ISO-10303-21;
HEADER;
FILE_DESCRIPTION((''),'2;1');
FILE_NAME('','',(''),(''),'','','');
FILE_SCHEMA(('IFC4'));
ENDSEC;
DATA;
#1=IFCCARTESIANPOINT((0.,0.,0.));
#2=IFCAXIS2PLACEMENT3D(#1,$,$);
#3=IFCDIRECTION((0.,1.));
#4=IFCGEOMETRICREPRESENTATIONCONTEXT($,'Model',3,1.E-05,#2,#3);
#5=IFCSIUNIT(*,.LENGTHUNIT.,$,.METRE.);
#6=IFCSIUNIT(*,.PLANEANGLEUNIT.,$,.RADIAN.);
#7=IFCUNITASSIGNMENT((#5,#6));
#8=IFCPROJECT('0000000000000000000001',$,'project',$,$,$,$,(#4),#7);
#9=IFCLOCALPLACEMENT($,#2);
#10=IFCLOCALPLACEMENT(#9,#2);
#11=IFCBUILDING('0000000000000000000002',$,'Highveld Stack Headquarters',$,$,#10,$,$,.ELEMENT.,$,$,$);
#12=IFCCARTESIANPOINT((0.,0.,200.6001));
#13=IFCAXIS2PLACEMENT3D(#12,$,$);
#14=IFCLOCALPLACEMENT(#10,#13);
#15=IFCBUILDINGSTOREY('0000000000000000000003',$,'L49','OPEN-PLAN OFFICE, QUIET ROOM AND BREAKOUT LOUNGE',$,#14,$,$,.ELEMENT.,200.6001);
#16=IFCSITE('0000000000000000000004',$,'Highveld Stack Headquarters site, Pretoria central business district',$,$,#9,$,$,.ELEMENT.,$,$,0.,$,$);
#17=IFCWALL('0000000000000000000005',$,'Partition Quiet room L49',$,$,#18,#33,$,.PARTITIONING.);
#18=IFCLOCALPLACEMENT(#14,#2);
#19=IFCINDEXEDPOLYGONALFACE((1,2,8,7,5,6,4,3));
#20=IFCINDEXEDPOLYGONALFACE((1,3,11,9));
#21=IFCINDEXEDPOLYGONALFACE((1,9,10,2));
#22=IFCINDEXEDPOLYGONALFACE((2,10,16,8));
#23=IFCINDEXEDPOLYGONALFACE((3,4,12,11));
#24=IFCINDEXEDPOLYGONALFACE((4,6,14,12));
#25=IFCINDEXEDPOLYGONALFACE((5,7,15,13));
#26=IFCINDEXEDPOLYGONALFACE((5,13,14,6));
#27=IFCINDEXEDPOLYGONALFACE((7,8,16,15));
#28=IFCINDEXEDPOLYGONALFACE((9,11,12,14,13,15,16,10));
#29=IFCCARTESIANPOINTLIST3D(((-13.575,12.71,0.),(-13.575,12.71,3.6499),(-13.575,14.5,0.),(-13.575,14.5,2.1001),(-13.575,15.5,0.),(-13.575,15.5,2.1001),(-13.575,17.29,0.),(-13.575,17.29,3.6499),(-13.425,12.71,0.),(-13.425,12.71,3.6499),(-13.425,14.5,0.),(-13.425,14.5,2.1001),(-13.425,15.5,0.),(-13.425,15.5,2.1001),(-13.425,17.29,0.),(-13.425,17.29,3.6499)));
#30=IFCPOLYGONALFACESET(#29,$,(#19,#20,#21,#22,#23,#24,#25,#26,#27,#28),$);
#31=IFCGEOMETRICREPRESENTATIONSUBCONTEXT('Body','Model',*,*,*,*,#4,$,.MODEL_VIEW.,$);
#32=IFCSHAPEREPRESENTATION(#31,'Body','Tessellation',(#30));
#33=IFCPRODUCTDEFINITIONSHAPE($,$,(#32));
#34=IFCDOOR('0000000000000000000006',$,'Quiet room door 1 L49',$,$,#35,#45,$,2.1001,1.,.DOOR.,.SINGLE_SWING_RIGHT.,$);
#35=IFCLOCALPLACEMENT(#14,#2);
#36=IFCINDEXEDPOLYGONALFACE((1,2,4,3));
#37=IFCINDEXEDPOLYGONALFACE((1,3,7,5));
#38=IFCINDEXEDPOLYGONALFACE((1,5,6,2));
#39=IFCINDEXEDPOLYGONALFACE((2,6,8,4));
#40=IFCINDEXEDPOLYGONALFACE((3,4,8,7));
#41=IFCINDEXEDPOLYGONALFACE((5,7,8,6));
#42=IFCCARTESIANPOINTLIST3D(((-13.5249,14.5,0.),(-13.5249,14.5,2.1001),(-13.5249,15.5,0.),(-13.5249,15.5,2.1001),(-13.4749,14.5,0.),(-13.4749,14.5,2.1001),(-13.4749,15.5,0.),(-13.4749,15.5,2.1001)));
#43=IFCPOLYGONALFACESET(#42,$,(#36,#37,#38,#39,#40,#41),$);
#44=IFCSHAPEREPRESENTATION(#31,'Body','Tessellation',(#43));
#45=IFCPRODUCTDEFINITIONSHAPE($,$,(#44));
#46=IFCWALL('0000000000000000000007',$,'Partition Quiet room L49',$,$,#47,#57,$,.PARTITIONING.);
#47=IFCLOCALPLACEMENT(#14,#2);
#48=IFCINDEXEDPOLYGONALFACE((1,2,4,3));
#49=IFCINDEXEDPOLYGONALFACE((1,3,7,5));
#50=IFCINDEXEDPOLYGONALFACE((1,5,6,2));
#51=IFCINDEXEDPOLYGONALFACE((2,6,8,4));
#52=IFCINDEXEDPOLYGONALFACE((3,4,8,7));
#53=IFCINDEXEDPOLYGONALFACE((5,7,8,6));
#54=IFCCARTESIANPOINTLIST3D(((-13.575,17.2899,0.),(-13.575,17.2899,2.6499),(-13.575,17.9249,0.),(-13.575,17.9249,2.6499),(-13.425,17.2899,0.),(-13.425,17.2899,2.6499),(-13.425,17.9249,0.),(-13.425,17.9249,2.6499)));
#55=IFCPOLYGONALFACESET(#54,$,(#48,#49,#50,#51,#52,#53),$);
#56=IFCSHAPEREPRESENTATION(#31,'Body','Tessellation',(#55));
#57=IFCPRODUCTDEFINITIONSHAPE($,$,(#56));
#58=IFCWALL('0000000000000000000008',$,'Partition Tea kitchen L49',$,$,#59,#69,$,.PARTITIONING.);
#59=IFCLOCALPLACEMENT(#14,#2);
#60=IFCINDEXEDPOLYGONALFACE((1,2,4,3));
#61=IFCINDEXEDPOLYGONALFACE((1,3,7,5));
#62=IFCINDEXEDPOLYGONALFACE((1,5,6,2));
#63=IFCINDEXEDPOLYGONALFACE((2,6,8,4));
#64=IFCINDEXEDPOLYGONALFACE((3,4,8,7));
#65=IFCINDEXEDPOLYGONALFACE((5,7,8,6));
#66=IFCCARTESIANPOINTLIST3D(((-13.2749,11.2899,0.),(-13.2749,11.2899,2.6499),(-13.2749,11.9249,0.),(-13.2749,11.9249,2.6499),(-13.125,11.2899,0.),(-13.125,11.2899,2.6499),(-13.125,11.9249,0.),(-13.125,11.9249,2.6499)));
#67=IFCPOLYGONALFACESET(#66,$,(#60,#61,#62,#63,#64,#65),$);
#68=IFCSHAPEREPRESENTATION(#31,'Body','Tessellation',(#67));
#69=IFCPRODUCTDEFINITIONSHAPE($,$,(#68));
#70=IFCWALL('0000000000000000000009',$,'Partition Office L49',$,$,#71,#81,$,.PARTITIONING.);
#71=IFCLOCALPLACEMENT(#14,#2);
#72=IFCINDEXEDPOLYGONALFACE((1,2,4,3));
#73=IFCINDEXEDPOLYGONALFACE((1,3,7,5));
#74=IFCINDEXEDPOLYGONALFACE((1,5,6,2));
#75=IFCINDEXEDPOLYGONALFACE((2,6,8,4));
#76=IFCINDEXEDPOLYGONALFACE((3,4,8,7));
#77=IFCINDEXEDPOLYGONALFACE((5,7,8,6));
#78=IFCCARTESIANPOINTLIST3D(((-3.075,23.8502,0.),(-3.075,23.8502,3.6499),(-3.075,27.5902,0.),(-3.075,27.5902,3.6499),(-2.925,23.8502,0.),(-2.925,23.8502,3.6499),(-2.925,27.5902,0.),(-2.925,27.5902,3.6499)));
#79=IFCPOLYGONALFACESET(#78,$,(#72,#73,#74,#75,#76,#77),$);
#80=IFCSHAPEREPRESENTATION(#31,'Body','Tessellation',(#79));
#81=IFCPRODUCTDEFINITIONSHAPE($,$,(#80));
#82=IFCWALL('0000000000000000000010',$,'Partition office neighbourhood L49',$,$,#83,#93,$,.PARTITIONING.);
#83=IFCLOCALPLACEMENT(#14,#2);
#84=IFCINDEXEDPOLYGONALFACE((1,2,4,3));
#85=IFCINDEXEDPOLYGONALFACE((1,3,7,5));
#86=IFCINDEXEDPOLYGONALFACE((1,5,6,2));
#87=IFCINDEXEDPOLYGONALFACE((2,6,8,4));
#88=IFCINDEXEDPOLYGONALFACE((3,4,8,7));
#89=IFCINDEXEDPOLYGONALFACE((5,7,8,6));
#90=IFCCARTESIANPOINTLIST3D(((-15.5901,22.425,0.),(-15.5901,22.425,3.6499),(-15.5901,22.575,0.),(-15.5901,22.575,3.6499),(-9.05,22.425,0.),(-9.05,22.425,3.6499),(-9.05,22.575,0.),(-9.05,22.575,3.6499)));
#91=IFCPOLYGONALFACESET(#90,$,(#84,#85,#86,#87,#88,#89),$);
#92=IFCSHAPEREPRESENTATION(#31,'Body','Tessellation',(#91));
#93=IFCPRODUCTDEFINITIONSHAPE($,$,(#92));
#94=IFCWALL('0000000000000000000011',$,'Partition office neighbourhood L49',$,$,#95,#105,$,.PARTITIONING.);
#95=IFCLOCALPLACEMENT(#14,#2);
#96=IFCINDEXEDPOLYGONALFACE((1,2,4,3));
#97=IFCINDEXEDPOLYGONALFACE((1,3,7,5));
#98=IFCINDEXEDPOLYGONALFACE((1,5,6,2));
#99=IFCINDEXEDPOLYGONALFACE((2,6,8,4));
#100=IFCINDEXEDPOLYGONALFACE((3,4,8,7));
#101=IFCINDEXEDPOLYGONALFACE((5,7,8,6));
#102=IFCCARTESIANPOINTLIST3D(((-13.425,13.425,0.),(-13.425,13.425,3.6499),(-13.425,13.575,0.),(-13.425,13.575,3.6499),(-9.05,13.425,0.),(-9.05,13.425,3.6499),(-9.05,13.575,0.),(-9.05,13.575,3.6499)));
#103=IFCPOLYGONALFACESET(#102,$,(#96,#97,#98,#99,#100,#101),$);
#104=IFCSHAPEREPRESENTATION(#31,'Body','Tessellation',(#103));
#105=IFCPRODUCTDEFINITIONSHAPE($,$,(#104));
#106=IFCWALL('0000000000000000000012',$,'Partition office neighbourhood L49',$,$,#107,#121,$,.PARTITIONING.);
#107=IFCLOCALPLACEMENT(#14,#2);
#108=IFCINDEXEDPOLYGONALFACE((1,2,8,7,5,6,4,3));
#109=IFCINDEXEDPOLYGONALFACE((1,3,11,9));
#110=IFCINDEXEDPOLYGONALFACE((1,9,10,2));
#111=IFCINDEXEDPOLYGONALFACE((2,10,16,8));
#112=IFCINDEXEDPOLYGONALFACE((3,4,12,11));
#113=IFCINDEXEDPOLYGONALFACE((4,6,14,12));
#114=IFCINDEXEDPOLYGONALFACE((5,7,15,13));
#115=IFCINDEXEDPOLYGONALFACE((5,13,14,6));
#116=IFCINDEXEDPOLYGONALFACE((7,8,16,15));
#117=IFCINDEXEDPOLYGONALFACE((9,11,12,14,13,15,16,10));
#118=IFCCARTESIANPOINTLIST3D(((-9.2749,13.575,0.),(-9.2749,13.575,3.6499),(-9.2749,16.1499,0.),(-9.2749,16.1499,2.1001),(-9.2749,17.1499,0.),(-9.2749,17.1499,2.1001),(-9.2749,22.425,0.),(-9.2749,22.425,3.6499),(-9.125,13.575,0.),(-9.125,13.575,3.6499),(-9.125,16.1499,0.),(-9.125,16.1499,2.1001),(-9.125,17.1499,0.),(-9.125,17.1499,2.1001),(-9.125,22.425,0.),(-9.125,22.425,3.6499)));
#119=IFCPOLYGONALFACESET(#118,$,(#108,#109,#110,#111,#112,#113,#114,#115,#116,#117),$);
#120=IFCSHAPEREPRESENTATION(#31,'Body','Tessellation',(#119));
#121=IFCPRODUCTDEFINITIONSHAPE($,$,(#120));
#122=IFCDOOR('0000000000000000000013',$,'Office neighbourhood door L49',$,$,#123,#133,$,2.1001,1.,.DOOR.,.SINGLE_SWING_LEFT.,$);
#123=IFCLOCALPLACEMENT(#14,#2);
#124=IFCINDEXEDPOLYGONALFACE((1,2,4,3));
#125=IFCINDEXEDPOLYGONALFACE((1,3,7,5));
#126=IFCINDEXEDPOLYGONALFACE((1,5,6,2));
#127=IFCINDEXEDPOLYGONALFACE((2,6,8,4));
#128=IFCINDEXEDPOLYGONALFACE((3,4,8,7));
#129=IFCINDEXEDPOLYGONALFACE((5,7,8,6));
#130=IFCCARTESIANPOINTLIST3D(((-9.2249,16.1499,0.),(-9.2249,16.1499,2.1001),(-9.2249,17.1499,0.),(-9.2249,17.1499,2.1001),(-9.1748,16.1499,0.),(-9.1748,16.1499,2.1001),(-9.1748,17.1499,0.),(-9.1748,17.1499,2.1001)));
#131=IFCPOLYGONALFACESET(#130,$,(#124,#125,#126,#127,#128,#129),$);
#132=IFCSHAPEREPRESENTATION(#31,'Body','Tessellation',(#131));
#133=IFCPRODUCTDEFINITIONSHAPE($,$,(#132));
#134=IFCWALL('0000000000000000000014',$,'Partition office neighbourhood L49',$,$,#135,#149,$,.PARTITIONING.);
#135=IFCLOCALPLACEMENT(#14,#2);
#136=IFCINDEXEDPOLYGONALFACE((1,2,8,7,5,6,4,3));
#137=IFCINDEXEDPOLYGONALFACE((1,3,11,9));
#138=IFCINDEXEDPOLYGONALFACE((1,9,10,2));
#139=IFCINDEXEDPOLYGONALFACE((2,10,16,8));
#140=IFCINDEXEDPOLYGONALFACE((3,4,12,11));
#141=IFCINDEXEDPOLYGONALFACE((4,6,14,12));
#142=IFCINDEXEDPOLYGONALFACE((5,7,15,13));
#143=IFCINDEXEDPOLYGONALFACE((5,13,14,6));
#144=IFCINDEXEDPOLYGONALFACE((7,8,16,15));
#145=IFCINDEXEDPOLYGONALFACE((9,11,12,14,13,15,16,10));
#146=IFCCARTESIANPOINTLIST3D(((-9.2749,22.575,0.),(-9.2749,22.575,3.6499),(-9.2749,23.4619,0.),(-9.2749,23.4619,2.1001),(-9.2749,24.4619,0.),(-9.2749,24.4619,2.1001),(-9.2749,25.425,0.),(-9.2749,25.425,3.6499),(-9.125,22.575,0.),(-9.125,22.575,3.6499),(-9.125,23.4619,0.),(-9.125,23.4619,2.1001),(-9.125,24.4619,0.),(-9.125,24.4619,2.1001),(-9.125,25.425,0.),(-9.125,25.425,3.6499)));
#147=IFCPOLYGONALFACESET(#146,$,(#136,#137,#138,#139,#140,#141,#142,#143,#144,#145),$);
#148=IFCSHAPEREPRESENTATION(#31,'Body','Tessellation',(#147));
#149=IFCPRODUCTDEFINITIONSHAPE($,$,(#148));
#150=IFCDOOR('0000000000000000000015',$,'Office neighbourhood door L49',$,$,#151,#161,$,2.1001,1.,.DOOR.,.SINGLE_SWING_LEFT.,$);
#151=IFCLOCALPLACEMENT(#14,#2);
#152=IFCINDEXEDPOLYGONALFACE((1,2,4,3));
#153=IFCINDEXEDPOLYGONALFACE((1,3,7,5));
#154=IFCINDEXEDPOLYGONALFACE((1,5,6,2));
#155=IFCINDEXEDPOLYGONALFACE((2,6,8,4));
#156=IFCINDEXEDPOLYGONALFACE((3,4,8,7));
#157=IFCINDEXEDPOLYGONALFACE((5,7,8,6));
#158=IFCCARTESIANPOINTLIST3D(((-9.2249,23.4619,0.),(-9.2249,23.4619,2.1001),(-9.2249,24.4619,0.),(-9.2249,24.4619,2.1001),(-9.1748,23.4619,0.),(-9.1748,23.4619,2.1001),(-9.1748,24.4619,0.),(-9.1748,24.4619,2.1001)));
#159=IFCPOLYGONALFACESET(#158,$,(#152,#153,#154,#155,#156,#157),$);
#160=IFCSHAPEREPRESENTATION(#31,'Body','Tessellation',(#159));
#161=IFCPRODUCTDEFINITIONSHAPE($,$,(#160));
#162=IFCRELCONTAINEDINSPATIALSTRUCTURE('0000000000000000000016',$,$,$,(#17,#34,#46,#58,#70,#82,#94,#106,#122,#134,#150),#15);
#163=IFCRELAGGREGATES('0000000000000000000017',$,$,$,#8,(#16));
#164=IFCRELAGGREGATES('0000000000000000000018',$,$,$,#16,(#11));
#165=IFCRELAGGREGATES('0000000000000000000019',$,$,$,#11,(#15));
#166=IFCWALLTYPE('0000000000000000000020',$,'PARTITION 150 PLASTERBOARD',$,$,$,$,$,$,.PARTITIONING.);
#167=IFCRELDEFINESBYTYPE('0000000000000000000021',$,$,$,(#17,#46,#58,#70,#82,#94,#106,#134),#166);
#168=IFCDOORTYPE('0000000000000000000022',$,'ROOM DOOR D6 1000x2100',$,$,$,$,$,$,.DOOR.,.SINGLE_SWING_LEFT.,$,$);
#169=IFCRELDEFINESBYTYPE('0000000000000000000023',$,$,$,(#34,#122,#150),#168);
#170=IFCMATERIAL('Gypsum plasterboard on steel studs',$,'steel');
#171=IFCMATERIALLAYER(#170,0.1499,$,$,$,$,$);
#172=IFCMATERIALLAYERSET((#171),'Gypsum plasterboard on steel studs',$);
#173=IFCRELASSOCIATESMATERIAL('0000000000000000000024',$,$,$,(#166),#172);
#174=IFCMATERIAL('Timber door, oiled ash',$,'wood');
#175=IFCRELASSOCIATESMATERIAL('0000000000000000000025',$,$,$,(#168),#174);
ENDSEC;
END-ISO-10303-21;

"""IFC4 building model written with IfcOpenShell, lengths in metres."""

from ifc_helpers import new_model, si_unit, direction, frame, frame_2d, origin, place, context, subcontext, project, spatial, rectangle, extrude, material, layer, layer_set, type_object, element, fill, save


model = new_model("IFC4")

# Units and contexts
model_context = context("Model", 3, precision=1e-05, world=origin(), true_north=direction((0.0, 1.0)))
body_context = subcontext(model_context, "Body", "Model", "MODEL_VIEW")
ifc_project = project(units=[si_unit("LENGTHUNIT", "METRE"), si_unit("PLANEANGLEUNIT", "RADIAN")], contexts=[model_context])

# Site, building, storey
site_placement = place(None, origin())
site = spatial("IfcSite", under=ifc_project, at=site_placement, Name="Highveld Stack Headquarters site, Pretoria central business district", CompositionType="ELEMENT", RefElevation=0.0)
building_placement = place(site_placement, origin())
building = spatial("IfcBuilding", under=site, at=building_placement, Name="Highveld Stack Headquarters", CompositionType="ELEMENT")
storey_placement = place(building_placement, frame((0.0, 0.0, 200.6001)))
storey = spatial("IfcBuildingStorey", under=building, at=storey_placement, Name="L49", Description="OPEN-PLAN OFFICE, QUIET ROOM AND BREAKOUT LOUNGE", CompositionType="ELEMENT", Elevation=200.6001)

# Shared definitions
ifc_material_1 = material(Name="Gypsum plasterboard on steel studs", Category="steel")
ifc_layer_1 = layer(ifc_material_1, 0.1499)
ifc_layer_set_1 = layer_set([ifc_layer_1], Name="Gypsum plasterboard on steel studs")
wall_type_1 = type_object("IfcWallType", Name="PARTITION 150 PLASTERBOARD", PredefinedType="PARTITIONING", material=ifc_layer_set_1)

# Wall, opening, door
wall_1_placement = place(storey_placement, frame((-13.5, 12.71, 0.0), z_axis=(0.0, 0.0, 1.0), x_axis=(0.0, 1.0, 0.0)))
wall_1 = element("IfcWall", 1, at=wall_1_placement, inside=storey, type_object=wall_type_1, Name="Partition Quiet room L49", PredefinedType="PARTITIONING", context=body_context, shape_type="SweptSolid", body=[
    extrude(rectangle(XDim=4.5801, YDim=0.1499, at=frame_2d((2.29, 0.0))), origin(), (0.0, 0.0, 1.0), 3.6499),
])
opening_1_placement = place(wall_1_placement, frame((1.79, 0.0, 0.0)))
opening_1 = element("IfcOpeningElement", 2, at=opening_1_placement, cuts=wall_1, PredefinedType="OPENING", context=body_context, shape_type="SweptSolid", body=[
    extrude(rectangle(XDim=1.0, YDim=2.1001, at=frame_2d((0.5, 1.05))), frame((0.0, 0.085, 0.0), z_axis=(0.0, -1.0, 0.0), x_axis=(1.0, 0.0, 0.0)), (0.0, 0.0, 1.0), 0.1699),
])
ifc_material_2 = material(Name="Timber door, oiled ash", Category="wood")
door_type = type_object("IfcDoorType", Name="ROOM DOOR D6 1000x2100", OperationType="SINGLE_SWING_LEFT", PredefinedType="DOOR", material=ifc_material_2)
door_1_placement = place(opening_1_placement, origin())
door_1 = element("IfcDoor", 3, at=door_1_placement, inside=storey, type_object=door_type, Name="Quiet room door 1 L49", OperationType="SINGLE_SWING_RIGHT", OverallHeight=2.1001, OverallWidth=1.0, PredefinedType="DOOR", context=body_context, shape_type="SweptSolid", body=[
    extrude(rectangle(XDim=1.0, YDim=2.1001, at=frame_2d((0.5, 1.05))), frame((0.0, 0.0249, 0.0), z_axis=(0.0, -1.0, 0.0), x_axis=(1.0, 0.0, 0.0)), (0.0, 0.0, 1.0), 0.05),
])
fill(opening_1, door_1)

# Walls
for number, where, z_axis, x_axis, name in (
    (4, (-13.5, 17.29, 0.0), (0.0, 0.0, 1.0), (0.0, 1.0, 0.0), "Partition Quiet room L49"),
    (5, (-13.2, 11.29, 0.0), (0.0, 0.0, 1.0), (0.0, 1.0, 0.0), "Partition Tea kitchen L49"),
):
    element("IfcWall", number, at=place(storey_placement, frame(where, z_axis=z_axis, x_axis=x_axis)), inside=storey, type_object=wall_type_1, Name=name, PredefinedType="PARTITIONING", context=body_context, shape_type="SweptSolid", body=[
        extrude(rectangle(XDim=0.635, YDim=0.1499, at=frame_2d((0.3174, 0.0))), origin(), (0.0, 0.0, 1.0), 2.6499),
    ])
wall_2_placement = place(storey_placement, frame((-3.0, 23.8501, 0.0), z_axis=(0.0, 0.0, 1.0), x_axis=(0.0, 1.0, 0.0)))
element("IfcWall", 6, at=wall_2_placement, inside=storey, type_object=wall_type_1, Name="Partition Office L49", PredefinedType="PARTITIONING", context=body_context, shape_type="SweptSolid", body=[
    extrude(rectangle(XDim=3.74, YDim=0.1499, at=frame_2d((1.8701, 0.0))), origin(), (0.0, 0.0, 1.0), 3.6499),
])
wall_3_placement = place(storey_placement, frame((-15.5901, 22.5, 0.0), z_axis=(0.0, 0.0, 1.0), x_axis=(1.0, 0.0, 0.0)))
element("IfcWall", 7, at=wall_3_placement, inside=storey, type_object=wall_type_1, Name="Partition office neighbourhood L49", PredefinedType="PARTITIONING", context=body_context, shape_type="SweptSolid", body=[
    extrude(rectangle(XDim=6.54, YDim=0.1499, at=frame_2d((3.27, 0.0))), origin(), (0.0, 0.0, 1.0), 3.6499),
])
wall_4_placement = place(storey_placement, frame((-13.425, 13.5, 0.0), z_axis=(0.0, 0.0, 1.0), x_axis=(1.0, 0.0, 0.0)))
element("IfcWall", 8, at=wall_4_placement, inside=storey, type_object=wall_type_1, Name="Partition office neighbourhood L49", PredefinedType="PARTITIONING", context=body_context, shape_type="SweptSolid", body=[
    extrude(rectangle(XDim=4.375, YDim=0.1499, at=frame_2d((2.1875, 0.0))), origin(), (0.0, 0.0, 1.0), 3.6499),
])

# Walls, openings, doors
wall_5_placement = place(storey_placement, frame((-9.2, 13.575, 0.0), z_axis=(0.0, 0.0, 1.0), x_axis=(0.0, 1.0, 0.0)))
wall_5 = element("IfcWall", 9, at=wall_5_placement, inside=storey, type_object=wall_type_1, Name="Partition office neighbourhood L49", PredefinedType="PARTITIONING", context=body_context, shape_type="SweptSolid", body=[
    extrude(rectangle(XDim=8.8501, YDim=0.1499, at=frame_2d((4.425, 0.0))), origin(), (0.0, 0.0, 1.0), 3.6499),
])
opening_2_placement = place(wall_5_placement, frame((2.575, 0.0, 0.0)))
opening_2 = element("IfcOpeningElement", 10, at=opening_2_placement, cuts=wall_5, PredefinedType="OPENING", context=body_context, shape_type="SweptSolid", body=[
    extrude(rectangle(XDim=1.0, YDim=2.1001, at=frame_2d((0.5, 1.05))), frame((0.0, 0.085, 0.0), z_axis=(0.0, -1.0, 0.0), x_axis=(1.0, 0.0, 0.0)), (0.0, 0.0, 1.0), 0.1699),
])
door_2_placement = place(opening_2_placement, origin())
door_2 = element("IfcDoor", 11, at=door_2_placement, inside=storey, type_object=door_type, Name="Office neighbourhood door L49", OperationType="SINGLE_SWING_LEFT", OverallHeight=2.1001, OverallWidth=1.0, PredefinedType="DOOR", context=body_context, shape_type="SweptSolid", body=[
    extrude(rectangle(XDim=1.0, YDim=2.1001, at=frame_2d((0.5, 1.05))), frame((0.0, 0.0249, 0.0), z_axis=(0.0, -1.0, 0.0), x_axis=(1.0, 0.0, 0.0)), (0.0, 0.0, 1.0), 0.05),
])
fill(opening_2, door_2)
wall_6_placement = place(storey_placement, frame((-9.2, 22.575, 0.0), z_axis=(0.0, 0.0, 1.0), x_axis=(0.0, 1.0, 0.0)))
wall_6 = element("IfcWall", 12, at=wall_6_placement, inside=storey, type_object=wall_type_1, Name="Partition office neighbourhood L49", PredefinedType="PARTITIONING", context=body_context, shape_type="SweptSolid", body=[
    extrude(rectangle(XDim=2.8501, YDim=0.1499, at=frame_2d((1.425, 0.0))), origin(), (0.0, 0.0, 1.0), 3.6499),
])
opening_3_placement = place(wall_6_placement, frame((0.887, 0.0, 0.0)))
opening_3 = element("IfcOpeningElement", 13, at=opening_3_placement, cuts=wall_6, PredefinedType="OPENING", context=body_context, shape_type="SweptSolid", body=[
    extrude(rectangle(XDim=1.0, YDim=2.1001, at=frame_2d((0.5, 1.05))), frame((0.0, 0.085, 0.0), z_axis=(0.0, -1.0, 0.0), x_axis=(1.0, 0.0, 0.0)), (0.0, 0.0, 1.0), 0.1699),
])
door_3_placement = place(opening_3_placement, origin())
door_3 = element("IfcDoor", 14, at=door_3_placement, inside=storey, type_object=door_type, Name="Office neighbourhood door L49", OperationType="SINGLE_SWING_LEFT", OverallHeight=2.1001, OverallWidth=1.0, PredefinedType="DOOR", context=body_context, shape_type="SweptSolid", body=[
    extrude(rectangle(XDim=1.0, YDim=2.1001, at=frame_2d((0.5, 1.05))), frame((0.0, 0.0249, 0.0), z_axis=(0.0, -1.0, 0.0), x_axis=(1.0, 0.0, 0.0)), (0.0, 0.0, 1.0), 0.05),
])
fill(opening_3, door_3)

save(model, "model.ifc")
